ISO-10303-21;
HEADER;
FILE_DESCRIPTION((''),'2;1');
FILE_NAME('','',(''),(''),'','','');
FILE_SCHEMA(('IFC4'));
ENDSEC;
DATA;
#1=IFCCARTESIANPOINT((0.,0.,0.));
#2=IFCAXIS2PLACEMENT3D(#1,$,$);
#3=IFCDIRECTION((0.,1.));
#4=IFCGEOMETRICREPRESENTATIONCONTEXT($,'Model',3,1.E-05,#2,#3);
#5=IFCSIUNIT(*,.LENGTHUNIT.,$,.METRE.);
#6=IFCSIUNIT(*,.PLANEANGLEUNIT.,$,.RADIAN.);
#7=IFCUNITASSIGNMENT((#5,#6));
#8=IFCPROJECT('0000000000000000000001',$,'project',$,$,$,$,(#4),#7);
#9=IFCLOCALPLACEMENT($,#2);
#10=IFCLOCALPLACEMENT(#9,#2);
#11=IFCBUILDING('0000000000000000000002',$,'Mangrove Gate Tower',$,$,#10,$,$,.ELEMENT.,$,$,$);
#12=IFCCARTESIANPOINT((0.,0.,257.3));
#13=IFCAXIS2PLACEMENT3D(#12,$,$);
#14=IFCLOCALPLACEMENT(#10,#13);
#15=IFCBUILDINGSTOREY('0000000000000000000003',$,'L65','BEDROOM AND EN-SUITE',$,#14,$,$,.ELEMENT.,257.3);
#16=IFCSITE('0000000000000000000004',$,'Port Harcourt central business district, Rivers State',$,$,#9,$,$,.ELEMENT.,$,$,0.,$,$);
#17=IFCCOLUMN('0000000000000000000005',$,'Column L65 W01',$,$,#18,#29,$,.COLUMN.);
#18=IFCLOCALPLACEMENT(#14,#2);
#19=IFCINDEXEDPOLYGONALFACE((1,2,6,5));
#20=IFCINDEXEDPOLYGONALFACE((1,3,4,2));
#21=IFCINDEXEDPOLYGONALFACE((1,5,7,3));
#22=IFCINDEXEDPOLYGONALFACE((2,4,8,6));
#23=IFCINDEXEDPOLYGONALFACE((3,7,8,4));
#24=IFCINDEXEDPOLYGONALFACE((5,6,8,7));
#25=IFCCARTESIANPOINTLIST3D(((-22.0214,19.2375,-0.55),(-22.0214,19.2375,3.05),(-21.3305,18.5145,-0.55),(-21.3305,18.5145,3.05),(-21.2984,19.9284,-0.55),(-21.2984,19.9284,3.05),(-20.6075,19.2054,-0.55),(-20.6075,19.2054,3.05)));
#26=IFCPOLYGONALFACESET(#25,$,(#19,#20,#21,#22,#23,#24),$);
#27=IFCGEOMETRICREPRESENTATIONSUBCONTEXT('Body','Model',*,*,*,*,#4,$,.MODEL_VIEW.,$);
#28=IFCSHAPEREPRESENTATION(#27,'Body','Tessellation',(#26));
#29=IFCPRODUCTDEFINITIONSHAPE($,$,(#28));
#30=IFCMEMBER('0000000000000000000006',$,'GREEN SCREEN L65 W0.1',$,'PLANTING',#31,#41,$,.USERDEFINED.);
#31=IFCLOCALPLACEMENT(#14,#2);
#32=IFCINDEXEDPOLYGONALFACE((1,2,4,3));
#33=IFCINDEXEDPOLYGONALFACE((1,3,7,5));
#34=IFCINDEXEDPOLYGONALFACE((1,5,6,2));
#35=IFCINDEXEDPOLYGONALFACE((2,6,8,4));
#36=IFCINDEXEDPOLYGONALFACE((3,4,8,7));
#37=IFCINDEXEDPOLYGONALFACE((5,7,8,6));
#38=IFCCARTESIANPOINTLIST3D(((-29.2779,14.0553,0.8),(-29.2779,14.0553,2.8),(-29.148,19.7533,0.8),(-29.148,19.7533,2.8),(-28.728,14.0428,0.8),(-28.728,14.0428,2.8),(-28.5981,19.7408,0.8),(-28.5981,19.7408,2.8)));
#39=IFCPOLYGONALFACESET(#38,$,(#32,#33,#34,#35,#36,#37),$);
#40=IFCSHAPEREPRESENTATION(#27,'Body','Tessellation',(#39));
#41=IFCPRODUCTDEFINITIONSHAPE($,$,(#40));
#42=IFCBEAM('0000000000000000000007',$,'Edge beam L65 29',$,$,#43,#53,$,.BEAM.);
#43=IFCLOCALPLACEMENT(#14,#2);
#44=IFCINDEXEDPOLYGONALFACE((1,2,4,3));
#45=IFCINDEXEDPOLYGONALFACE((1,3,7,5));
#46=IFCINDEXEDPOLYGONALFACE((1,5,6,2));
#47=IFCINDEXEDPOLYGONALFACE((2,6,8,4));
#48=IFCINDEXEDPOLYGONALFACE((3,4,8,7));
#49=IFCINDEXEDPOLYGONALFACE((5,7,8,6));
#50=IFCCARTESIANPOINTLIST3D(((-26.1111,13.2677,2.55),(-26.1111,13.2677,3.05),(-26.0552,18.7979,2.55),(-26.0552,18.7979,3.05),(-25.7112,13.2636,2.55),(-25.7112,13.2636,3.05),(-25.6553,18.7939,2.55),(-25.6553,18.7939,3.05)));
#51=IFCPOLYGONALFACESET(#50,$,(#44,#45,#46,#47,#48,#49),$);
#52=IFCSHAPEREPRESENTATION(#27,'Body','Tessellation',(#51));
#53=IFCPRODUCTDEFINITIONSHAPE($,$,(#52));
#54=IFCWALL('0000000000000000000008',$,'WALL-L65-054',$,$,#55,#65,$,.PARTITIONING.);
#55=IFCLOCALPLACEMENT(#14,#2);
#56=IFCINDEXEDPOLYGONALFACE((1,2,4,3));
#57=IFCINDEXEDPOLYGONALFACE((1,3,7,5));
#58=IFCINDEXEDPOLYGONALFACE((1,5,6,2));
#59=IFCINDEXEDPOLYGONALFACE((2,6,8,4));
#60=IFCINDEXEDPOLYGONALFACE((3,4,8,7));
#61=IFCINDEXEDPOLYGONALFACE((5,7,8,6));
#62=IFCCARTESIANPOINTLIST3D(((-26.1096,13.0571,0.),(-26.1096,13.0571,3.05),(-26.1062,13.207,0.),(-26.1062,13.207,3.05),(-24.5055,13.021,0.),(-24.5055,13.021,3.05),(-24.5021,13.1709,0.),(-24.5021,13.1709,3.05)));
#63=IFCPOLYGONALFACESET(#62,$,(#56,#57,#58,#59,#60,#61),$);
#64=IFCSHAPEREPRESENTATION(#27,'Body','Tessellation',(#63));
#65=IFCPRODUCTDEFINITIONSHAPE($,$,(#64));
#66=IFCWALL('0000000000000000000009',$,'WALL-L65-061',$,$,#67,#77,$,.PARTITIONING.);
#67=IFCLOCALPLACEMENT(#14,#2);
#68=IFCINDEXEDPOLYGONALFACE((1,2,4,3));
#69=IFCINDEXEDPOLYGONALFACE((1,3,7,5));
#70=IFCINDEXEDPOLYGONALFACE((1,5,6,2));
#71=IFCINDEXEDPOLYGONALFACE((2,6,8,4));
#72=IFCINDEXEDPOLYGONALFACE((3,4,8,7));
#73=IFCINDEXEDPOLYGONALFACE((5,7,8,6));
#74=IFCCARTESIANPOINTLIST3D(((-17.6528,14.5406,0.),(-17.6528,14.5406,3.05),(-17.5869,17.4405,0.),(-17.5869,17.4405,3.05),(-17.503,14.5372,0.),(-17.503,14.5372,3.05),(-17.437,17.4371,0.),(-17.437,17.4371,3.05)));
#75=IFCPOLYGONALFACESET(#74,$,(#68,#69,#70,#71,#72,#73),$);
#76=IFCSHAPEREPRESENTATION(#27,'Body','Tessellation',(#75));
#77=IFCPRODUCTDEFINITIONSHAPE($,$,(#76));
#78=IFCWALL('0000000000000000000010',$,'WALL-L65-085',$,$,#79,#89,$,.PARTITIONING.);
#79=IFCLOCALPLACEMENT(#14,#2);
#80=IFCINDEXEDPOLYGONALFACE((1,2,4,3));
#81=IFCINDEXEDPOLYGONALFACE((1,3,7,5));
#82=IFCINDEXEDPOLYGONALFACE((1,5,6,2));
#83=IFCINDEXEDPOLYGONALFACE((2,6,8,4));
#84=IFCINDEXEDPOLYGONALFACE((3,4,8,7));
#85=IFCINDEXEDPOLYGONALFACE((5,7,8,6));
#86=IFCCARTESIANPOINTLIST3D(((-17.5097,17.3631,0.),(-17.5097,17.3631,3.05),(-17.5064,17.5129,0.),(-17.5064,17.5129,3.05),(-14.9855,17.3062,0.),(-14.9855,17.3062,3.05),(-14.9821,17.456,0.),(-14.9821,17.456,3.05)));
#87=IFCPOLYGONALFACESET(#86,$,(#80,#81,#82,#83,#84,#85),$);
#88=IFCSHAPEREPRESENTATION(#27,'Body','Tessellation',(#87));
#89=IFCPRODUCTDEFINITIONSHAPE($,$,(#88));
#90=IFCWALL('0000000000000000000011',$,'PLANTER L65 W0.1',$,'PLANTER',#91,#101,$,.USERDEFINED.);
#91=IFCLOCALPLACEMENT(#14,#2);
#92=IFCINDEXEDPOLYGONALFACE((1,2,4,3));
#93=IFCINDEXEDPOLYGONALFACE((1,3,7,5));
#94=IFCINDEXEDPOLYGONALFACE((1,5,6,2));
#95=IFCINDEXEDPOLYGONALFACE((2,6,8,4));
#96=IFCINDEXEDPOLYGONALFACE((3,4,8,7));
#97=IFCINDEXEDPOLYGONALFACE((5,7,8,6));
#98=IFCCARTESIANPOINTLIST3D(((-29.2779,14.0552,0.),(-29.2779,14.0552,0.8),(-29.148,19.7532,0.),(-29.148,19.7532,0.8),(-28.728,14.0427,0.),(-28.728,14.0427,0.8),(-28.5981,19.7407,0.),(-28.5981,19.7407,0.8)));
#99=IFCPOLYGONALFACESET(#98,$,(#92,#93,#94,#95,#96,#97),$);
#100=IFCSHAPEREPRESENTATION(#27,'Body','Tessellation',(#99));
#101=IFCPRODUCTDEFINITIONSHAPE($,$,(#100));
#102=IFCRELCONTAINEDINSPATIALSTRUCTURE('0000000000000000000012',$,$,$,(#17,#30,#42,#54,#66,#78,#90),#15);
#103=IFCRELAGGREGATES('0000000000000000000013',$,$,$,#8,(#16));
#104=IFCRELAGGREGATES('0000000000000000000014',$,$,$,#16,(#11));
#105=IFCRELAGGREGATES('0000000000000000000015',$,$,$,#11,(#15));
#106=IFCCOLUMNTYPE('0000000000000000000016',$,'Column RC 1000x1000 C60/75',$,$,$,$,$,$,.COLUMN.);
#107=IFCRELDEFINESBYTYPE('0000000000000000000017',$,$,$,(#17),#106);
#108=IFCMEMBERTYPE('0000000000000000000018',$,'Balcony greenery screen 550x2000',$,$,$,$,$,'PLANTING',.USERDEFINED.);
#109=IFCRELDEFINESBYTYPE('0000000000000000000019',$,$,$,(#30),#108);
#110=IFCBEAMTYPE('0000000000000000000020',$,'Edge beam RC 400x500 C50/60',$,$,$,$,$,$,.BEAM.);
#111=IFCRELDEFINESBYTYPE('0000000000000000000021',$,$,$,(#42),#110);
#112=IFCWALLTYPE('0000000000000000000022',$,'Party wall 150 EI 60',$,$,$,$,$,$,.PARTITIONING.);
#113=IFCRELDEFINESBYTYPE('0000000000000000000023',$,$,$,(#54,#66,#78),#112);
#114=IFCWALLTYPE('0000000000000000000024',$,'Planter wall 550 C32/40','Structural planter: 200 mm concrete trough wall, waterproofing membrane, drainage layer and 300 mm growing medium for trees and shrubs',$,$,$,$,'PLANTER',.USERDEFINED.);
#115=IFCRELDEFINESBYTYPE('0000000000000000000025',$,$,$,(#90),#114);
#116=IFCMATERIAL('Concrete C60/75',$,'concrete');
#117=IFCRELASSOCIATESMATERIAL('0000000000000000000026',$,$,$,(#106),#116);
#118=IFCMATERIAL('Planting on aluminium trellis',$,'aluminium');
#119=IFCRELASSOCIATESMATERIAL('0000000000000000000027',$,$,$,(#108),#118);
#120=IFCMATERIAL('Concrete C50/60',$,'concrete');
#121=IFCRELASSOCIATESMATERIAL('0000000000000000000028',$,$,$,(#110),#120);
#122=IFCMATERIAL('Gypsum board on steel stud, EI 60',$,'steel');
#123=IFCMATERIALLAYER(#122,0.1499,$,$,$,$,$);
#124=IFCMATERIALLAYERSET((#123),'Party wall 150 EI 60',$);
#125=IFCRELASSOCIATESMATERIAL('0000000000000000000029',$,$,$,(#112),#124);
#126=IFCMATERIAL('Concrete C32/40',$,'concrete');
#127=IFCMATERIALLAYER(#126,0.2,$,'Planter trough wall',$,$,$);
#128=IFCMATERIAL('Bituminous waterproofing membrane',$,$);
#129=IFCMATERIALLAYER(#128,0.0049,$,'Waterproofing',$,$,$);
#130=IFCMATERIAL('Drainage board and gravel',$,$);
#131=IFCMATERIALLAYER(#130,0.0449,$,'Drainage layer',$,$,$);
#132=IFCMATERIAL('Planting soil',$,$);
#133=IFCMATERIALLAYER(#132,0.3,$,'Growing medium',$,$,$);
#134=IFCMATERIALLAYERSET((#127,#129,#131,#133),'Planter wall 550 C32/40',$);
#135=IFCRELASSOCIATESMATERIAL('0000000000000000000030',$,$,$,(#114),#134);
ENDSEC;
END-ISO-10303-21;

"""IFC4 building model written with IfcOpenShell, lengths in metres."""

from ifc_helpers import new_model, si_unit, direction, frame, frame_2d, origin, origin_2d, place, context, subcontext, project, spatial, rectangle, extrude, material, layer, layer_set, material_profile, profile_set, type_object, element, save


model = new_model("IFC4")

# Units and contexts
model_context = context("Model", 3, precision=1e-05, world=origin(), true_north=direction((0.0, 1.0)))
body_context = subcontext(model_context, "Body", "Model", "MODEL_VIEW")
ifc_project = project(units=[si_unit("LENGTHUNIT", "METRE"), si_unit("PLANEANGLEUNIT", "RADIAN")], contexts=[model_context])

# Site, building, storey
site_placement = place(None, origin())
site = spatial("IfcSite", under=ifc_project, at=site_placement, Name="Port Harcourt central business district, Rivers State", CompositionType="ELEMENT", RefElevation=0.0)
building_placement = place(site_placement, origin())
building = spatial("IfcBuilding", under=site, at=building_placement, Name="Mangrove Gate Tower", CompositionType="ELEMENT")
storey_placement = place(building_placement, frame((0.0, 0.0, 257.3)))
storey = spatial("IfcBuildingStorey", under=building, at=storey_placement, Name="L65", Description="BEDROOM AND EN-SUITE", CompositionType="ELEMENT", Elevation=257.3)

# Column
ifc_material_1 = material(Name="Concrete C60/75", Category="concrete")
ifc_material_profile_1 = material_profile(ifc_material_1, rectangle(XDim=1.0, YDim=1.0, at=origin_2d()))
ifc_profile_set_1 = profile_set([ifc_material_profile_1], Name="Concrete C60/75")
column_type = type_object("IfcColumnType", Name="Column RC 1000x1000 C60/75", PredefinedType="COLUMN", material=ifc_profile_set_1)
column_placement = place(storey_placement, frame((-21.3145, 19.2214, -0.55), z_axis=(0.0, 0.0, 1.0), x_axis=(-0.722989, -0.69086, 0.0)))
element("IfcColumn", 1, at=column_placement, inside=storey, type_object=column_type, Name="Column L65 W01", PredefinedType="COLUMN", context=body_context, shape_type="SweptSolid", body=[
    extrude(rectangle(XDim=1.0, YDim=1.0, at=origin_2d()), origin(), (0.0, 0.0, 1.0), 3.6001),
])

# Member
ifc_material_2 = material(Name="Planting on aluminium trellis", Category="aluminium")
ifc_material_profile_2 = material_profile(ifc_material_2, rectangle(XDim=0.55, YDim=2.0, at=origin_2d()))
ifc_profile_set_2 = profile_set([ifc_material_profile_2], Name="Planting on aluminium trellis")
member_type = type_object("IfcMemberType", Name="Balcony greenery screen 550x2000", ElementType="PLANTING", PredefinedType="USERDEFINED", material=ifc_profile_set_2)
member_placement = place(storey_placement, frame((-29.0029, 14.0491, 1.8), z_axis=(0.022789, 0.99974, 0.0), x_axis=(-0.99974, 0.022789, 0.0)))
element("IfcMember", 2, at=member_placement, inside=storey, type_object=member_type, Name="GREEN SCREEN L65 W0.1", ObjectType="PLANTING", PredefinedType="USERDEFINED", context=body_context, shape_type="SweptSolid", body=[
    extrude(rectangle(XDim=0.55, YDim=2.0, at=origin_2d()), origin(), (0.0, 0.0, 1.0), 5.6995),
])

# Beam
ifc_material_3 = material(Name="Concrete C50/60", Category="concrete")
ifc_material_profile_3 = material_profile(ifc_material_3, rectangle(XDim=0.3999, YDim=0.5, at=origin_2d()))
ifc_profile_set_3 = profile_set([ifc_material_profile_3], Name="Concrete C50/60")
beam_type = type_object("IfcBeamType", Name="Edge beam RC 400x500 C50/60", PredefinedType="BEAM", material=ifc_profile_set_3)
beam_placement = place(storey_placement, frame((-25.8552, 18.7959, 2.8), z_axis=(-0.010109, -0.999949, 0.0), x_axis=(0.999949, -0.010109, 0.0)))
element("IfcBeam", 3, at=beam_placement, inside=storey, type_object=beam_type, Name="Edge beam L65 29", PredefinedType="BEAM", context=body_context, shape_type="SweptSolid", body=[
    extrude(rectangle(XDim=0.3999, YDim=0.5, at=origin_2d()), origin(), (0.0, 0.0, 1.0), 5.5305),
])

# Walls
ifc_material_4 = material(Name="Gypsum board on steel stud, EI 60", Category="steel")
ifc_layer_1 = layer(ifc_material_4, 0.1499)
ifc_layer_set_1 = layer_set([ifc_layer_1], Name="Party wall 150 EI 60")
wall_type_1 = type_object("IfcWallType", Name="Party wall 150 EI 60", PredefinedType="PARTITIONING", material=ifc_layer_set_1)
wall_1_placement = place(storey_placement, frame((-26.1079, 13.1321, 0.0), z_axis=(0.0, 0.0, 1.0), x_axis=(0.999746, -0.022521, 0.0)))
element("IfcWall", 4, at=wall_1_placement, inside=storey, type_object=wall_type_1, Name="WALL-L65-054", PredefinedType="PARTITIONING", context=body_context, shape_type="SweptSolid", body=[
    extrude(rectangle(XDim=1.6045, YDim=0.1499, at=frame_2d((0.8022, 0.0))), origin(), (0.0, 0.0, 1.0), 3.05),
])
wall_2_placement = place(storey_placement, frame((-17.5779, 14.5391, 0.0), z_axis=(0.0, 0.0, 1.0), x_axis=(0.022725, 0.999742, 0.0)))
element("IfcWall", 5, at=wall_2_placement, inside=storey, type_object=wall_type_1, Name="WALL-L65-061", PredefinedType="PARTITIONING", context=body_context, shape_type="SweptSolid", body=[
    extrude(rectangle(XDim=2.9006, YDim=0.1499, at=frame_2d((1.4502, 0.0))), origin(), (0.0, 0.0, 1.0), 3.05),
])
wall_3_placement = place(storey_placement, frame((-17.5081, 17.438, 0.0), z_axis=(0.0, 0.0, 1.0), x_axis=(0.999746, -0.02253, 0.0)))
element("IfcWall", 6, at=wall_3_placement, inside=storey, type_object=wall_type_1, Name="WALL-L65-085", PredefinedType="PARTITIONING", context=body_context, shape_type="SweptSolid", body=[
    extrude(rectangle(XDim=2.5249, YDim=0.1499, at=frame_2d((1.2625, 0.0))), origin(), (0.0, 0.0, 1.0), 3.05),
])
ifc_material_5 = material(Name="Concrete C32/40", Category="concrete")
ifc_layer_2 = layer(ifc_material_5, 0.2, Name="Planter trough wall")
ifc_material_6 = material(Name="Bituminous waterproofing membrane")
ifc_layer_3 = layer(ifc_material_6, 0.0049, Name="Waterproofing")
ifc_material_7 = material(Name="Drainage board and gravel")
ifc_layer_4 = layer(ifc_material_7, 0.0449, Name="Drainage layer")
ifc_material_8 = material(Name="Planting soil")
ifc_layer_5 = layer(ifc_material_8, 0.3, Name="Growing medium")
ifc_layer_set_2 = layer_set([ifc_layer_2, ifc_layer_3, ifc_layer_4, ifc_layer_5], Name="Planter wall 550 C32/40")
wall_type_2 = type_object("IfcWallType", Name="Planter wall 550 C32/40", Description="Structural planter: 200 mm concrete trough wall, waterproofing membrane, drainage layer and 300 mm growing medium for trees and shrubs", ElementType="PLANTER", PredefinedType="USERDEFINED", material=ifc_layer_set_2)
wall_4_placement = place(storey_placement, frame((-29.0029, 14.0491, 0.0), z_axis=(0.0, 0.0, 1.0), x_axis=(0.022789, 0.99974, 0.0)))
element("IfcWall", 7, at=wall_4_placement, inside=storey, type_object=wall_type_2, Name="PLANTER L65 W0.1", ObjectType="PLANTER", PredefinedType="USERDEFINED", context=body_context, shape_type="SweptSolid", body=[
    extrude(rectangle(XDim=5.6995, YDim=0.55, at=frame_2d((2.8496, 0.0))), origin(), (0.0, 0.0, 1.0), 0.8),
])

save(model, "model.ifc")
